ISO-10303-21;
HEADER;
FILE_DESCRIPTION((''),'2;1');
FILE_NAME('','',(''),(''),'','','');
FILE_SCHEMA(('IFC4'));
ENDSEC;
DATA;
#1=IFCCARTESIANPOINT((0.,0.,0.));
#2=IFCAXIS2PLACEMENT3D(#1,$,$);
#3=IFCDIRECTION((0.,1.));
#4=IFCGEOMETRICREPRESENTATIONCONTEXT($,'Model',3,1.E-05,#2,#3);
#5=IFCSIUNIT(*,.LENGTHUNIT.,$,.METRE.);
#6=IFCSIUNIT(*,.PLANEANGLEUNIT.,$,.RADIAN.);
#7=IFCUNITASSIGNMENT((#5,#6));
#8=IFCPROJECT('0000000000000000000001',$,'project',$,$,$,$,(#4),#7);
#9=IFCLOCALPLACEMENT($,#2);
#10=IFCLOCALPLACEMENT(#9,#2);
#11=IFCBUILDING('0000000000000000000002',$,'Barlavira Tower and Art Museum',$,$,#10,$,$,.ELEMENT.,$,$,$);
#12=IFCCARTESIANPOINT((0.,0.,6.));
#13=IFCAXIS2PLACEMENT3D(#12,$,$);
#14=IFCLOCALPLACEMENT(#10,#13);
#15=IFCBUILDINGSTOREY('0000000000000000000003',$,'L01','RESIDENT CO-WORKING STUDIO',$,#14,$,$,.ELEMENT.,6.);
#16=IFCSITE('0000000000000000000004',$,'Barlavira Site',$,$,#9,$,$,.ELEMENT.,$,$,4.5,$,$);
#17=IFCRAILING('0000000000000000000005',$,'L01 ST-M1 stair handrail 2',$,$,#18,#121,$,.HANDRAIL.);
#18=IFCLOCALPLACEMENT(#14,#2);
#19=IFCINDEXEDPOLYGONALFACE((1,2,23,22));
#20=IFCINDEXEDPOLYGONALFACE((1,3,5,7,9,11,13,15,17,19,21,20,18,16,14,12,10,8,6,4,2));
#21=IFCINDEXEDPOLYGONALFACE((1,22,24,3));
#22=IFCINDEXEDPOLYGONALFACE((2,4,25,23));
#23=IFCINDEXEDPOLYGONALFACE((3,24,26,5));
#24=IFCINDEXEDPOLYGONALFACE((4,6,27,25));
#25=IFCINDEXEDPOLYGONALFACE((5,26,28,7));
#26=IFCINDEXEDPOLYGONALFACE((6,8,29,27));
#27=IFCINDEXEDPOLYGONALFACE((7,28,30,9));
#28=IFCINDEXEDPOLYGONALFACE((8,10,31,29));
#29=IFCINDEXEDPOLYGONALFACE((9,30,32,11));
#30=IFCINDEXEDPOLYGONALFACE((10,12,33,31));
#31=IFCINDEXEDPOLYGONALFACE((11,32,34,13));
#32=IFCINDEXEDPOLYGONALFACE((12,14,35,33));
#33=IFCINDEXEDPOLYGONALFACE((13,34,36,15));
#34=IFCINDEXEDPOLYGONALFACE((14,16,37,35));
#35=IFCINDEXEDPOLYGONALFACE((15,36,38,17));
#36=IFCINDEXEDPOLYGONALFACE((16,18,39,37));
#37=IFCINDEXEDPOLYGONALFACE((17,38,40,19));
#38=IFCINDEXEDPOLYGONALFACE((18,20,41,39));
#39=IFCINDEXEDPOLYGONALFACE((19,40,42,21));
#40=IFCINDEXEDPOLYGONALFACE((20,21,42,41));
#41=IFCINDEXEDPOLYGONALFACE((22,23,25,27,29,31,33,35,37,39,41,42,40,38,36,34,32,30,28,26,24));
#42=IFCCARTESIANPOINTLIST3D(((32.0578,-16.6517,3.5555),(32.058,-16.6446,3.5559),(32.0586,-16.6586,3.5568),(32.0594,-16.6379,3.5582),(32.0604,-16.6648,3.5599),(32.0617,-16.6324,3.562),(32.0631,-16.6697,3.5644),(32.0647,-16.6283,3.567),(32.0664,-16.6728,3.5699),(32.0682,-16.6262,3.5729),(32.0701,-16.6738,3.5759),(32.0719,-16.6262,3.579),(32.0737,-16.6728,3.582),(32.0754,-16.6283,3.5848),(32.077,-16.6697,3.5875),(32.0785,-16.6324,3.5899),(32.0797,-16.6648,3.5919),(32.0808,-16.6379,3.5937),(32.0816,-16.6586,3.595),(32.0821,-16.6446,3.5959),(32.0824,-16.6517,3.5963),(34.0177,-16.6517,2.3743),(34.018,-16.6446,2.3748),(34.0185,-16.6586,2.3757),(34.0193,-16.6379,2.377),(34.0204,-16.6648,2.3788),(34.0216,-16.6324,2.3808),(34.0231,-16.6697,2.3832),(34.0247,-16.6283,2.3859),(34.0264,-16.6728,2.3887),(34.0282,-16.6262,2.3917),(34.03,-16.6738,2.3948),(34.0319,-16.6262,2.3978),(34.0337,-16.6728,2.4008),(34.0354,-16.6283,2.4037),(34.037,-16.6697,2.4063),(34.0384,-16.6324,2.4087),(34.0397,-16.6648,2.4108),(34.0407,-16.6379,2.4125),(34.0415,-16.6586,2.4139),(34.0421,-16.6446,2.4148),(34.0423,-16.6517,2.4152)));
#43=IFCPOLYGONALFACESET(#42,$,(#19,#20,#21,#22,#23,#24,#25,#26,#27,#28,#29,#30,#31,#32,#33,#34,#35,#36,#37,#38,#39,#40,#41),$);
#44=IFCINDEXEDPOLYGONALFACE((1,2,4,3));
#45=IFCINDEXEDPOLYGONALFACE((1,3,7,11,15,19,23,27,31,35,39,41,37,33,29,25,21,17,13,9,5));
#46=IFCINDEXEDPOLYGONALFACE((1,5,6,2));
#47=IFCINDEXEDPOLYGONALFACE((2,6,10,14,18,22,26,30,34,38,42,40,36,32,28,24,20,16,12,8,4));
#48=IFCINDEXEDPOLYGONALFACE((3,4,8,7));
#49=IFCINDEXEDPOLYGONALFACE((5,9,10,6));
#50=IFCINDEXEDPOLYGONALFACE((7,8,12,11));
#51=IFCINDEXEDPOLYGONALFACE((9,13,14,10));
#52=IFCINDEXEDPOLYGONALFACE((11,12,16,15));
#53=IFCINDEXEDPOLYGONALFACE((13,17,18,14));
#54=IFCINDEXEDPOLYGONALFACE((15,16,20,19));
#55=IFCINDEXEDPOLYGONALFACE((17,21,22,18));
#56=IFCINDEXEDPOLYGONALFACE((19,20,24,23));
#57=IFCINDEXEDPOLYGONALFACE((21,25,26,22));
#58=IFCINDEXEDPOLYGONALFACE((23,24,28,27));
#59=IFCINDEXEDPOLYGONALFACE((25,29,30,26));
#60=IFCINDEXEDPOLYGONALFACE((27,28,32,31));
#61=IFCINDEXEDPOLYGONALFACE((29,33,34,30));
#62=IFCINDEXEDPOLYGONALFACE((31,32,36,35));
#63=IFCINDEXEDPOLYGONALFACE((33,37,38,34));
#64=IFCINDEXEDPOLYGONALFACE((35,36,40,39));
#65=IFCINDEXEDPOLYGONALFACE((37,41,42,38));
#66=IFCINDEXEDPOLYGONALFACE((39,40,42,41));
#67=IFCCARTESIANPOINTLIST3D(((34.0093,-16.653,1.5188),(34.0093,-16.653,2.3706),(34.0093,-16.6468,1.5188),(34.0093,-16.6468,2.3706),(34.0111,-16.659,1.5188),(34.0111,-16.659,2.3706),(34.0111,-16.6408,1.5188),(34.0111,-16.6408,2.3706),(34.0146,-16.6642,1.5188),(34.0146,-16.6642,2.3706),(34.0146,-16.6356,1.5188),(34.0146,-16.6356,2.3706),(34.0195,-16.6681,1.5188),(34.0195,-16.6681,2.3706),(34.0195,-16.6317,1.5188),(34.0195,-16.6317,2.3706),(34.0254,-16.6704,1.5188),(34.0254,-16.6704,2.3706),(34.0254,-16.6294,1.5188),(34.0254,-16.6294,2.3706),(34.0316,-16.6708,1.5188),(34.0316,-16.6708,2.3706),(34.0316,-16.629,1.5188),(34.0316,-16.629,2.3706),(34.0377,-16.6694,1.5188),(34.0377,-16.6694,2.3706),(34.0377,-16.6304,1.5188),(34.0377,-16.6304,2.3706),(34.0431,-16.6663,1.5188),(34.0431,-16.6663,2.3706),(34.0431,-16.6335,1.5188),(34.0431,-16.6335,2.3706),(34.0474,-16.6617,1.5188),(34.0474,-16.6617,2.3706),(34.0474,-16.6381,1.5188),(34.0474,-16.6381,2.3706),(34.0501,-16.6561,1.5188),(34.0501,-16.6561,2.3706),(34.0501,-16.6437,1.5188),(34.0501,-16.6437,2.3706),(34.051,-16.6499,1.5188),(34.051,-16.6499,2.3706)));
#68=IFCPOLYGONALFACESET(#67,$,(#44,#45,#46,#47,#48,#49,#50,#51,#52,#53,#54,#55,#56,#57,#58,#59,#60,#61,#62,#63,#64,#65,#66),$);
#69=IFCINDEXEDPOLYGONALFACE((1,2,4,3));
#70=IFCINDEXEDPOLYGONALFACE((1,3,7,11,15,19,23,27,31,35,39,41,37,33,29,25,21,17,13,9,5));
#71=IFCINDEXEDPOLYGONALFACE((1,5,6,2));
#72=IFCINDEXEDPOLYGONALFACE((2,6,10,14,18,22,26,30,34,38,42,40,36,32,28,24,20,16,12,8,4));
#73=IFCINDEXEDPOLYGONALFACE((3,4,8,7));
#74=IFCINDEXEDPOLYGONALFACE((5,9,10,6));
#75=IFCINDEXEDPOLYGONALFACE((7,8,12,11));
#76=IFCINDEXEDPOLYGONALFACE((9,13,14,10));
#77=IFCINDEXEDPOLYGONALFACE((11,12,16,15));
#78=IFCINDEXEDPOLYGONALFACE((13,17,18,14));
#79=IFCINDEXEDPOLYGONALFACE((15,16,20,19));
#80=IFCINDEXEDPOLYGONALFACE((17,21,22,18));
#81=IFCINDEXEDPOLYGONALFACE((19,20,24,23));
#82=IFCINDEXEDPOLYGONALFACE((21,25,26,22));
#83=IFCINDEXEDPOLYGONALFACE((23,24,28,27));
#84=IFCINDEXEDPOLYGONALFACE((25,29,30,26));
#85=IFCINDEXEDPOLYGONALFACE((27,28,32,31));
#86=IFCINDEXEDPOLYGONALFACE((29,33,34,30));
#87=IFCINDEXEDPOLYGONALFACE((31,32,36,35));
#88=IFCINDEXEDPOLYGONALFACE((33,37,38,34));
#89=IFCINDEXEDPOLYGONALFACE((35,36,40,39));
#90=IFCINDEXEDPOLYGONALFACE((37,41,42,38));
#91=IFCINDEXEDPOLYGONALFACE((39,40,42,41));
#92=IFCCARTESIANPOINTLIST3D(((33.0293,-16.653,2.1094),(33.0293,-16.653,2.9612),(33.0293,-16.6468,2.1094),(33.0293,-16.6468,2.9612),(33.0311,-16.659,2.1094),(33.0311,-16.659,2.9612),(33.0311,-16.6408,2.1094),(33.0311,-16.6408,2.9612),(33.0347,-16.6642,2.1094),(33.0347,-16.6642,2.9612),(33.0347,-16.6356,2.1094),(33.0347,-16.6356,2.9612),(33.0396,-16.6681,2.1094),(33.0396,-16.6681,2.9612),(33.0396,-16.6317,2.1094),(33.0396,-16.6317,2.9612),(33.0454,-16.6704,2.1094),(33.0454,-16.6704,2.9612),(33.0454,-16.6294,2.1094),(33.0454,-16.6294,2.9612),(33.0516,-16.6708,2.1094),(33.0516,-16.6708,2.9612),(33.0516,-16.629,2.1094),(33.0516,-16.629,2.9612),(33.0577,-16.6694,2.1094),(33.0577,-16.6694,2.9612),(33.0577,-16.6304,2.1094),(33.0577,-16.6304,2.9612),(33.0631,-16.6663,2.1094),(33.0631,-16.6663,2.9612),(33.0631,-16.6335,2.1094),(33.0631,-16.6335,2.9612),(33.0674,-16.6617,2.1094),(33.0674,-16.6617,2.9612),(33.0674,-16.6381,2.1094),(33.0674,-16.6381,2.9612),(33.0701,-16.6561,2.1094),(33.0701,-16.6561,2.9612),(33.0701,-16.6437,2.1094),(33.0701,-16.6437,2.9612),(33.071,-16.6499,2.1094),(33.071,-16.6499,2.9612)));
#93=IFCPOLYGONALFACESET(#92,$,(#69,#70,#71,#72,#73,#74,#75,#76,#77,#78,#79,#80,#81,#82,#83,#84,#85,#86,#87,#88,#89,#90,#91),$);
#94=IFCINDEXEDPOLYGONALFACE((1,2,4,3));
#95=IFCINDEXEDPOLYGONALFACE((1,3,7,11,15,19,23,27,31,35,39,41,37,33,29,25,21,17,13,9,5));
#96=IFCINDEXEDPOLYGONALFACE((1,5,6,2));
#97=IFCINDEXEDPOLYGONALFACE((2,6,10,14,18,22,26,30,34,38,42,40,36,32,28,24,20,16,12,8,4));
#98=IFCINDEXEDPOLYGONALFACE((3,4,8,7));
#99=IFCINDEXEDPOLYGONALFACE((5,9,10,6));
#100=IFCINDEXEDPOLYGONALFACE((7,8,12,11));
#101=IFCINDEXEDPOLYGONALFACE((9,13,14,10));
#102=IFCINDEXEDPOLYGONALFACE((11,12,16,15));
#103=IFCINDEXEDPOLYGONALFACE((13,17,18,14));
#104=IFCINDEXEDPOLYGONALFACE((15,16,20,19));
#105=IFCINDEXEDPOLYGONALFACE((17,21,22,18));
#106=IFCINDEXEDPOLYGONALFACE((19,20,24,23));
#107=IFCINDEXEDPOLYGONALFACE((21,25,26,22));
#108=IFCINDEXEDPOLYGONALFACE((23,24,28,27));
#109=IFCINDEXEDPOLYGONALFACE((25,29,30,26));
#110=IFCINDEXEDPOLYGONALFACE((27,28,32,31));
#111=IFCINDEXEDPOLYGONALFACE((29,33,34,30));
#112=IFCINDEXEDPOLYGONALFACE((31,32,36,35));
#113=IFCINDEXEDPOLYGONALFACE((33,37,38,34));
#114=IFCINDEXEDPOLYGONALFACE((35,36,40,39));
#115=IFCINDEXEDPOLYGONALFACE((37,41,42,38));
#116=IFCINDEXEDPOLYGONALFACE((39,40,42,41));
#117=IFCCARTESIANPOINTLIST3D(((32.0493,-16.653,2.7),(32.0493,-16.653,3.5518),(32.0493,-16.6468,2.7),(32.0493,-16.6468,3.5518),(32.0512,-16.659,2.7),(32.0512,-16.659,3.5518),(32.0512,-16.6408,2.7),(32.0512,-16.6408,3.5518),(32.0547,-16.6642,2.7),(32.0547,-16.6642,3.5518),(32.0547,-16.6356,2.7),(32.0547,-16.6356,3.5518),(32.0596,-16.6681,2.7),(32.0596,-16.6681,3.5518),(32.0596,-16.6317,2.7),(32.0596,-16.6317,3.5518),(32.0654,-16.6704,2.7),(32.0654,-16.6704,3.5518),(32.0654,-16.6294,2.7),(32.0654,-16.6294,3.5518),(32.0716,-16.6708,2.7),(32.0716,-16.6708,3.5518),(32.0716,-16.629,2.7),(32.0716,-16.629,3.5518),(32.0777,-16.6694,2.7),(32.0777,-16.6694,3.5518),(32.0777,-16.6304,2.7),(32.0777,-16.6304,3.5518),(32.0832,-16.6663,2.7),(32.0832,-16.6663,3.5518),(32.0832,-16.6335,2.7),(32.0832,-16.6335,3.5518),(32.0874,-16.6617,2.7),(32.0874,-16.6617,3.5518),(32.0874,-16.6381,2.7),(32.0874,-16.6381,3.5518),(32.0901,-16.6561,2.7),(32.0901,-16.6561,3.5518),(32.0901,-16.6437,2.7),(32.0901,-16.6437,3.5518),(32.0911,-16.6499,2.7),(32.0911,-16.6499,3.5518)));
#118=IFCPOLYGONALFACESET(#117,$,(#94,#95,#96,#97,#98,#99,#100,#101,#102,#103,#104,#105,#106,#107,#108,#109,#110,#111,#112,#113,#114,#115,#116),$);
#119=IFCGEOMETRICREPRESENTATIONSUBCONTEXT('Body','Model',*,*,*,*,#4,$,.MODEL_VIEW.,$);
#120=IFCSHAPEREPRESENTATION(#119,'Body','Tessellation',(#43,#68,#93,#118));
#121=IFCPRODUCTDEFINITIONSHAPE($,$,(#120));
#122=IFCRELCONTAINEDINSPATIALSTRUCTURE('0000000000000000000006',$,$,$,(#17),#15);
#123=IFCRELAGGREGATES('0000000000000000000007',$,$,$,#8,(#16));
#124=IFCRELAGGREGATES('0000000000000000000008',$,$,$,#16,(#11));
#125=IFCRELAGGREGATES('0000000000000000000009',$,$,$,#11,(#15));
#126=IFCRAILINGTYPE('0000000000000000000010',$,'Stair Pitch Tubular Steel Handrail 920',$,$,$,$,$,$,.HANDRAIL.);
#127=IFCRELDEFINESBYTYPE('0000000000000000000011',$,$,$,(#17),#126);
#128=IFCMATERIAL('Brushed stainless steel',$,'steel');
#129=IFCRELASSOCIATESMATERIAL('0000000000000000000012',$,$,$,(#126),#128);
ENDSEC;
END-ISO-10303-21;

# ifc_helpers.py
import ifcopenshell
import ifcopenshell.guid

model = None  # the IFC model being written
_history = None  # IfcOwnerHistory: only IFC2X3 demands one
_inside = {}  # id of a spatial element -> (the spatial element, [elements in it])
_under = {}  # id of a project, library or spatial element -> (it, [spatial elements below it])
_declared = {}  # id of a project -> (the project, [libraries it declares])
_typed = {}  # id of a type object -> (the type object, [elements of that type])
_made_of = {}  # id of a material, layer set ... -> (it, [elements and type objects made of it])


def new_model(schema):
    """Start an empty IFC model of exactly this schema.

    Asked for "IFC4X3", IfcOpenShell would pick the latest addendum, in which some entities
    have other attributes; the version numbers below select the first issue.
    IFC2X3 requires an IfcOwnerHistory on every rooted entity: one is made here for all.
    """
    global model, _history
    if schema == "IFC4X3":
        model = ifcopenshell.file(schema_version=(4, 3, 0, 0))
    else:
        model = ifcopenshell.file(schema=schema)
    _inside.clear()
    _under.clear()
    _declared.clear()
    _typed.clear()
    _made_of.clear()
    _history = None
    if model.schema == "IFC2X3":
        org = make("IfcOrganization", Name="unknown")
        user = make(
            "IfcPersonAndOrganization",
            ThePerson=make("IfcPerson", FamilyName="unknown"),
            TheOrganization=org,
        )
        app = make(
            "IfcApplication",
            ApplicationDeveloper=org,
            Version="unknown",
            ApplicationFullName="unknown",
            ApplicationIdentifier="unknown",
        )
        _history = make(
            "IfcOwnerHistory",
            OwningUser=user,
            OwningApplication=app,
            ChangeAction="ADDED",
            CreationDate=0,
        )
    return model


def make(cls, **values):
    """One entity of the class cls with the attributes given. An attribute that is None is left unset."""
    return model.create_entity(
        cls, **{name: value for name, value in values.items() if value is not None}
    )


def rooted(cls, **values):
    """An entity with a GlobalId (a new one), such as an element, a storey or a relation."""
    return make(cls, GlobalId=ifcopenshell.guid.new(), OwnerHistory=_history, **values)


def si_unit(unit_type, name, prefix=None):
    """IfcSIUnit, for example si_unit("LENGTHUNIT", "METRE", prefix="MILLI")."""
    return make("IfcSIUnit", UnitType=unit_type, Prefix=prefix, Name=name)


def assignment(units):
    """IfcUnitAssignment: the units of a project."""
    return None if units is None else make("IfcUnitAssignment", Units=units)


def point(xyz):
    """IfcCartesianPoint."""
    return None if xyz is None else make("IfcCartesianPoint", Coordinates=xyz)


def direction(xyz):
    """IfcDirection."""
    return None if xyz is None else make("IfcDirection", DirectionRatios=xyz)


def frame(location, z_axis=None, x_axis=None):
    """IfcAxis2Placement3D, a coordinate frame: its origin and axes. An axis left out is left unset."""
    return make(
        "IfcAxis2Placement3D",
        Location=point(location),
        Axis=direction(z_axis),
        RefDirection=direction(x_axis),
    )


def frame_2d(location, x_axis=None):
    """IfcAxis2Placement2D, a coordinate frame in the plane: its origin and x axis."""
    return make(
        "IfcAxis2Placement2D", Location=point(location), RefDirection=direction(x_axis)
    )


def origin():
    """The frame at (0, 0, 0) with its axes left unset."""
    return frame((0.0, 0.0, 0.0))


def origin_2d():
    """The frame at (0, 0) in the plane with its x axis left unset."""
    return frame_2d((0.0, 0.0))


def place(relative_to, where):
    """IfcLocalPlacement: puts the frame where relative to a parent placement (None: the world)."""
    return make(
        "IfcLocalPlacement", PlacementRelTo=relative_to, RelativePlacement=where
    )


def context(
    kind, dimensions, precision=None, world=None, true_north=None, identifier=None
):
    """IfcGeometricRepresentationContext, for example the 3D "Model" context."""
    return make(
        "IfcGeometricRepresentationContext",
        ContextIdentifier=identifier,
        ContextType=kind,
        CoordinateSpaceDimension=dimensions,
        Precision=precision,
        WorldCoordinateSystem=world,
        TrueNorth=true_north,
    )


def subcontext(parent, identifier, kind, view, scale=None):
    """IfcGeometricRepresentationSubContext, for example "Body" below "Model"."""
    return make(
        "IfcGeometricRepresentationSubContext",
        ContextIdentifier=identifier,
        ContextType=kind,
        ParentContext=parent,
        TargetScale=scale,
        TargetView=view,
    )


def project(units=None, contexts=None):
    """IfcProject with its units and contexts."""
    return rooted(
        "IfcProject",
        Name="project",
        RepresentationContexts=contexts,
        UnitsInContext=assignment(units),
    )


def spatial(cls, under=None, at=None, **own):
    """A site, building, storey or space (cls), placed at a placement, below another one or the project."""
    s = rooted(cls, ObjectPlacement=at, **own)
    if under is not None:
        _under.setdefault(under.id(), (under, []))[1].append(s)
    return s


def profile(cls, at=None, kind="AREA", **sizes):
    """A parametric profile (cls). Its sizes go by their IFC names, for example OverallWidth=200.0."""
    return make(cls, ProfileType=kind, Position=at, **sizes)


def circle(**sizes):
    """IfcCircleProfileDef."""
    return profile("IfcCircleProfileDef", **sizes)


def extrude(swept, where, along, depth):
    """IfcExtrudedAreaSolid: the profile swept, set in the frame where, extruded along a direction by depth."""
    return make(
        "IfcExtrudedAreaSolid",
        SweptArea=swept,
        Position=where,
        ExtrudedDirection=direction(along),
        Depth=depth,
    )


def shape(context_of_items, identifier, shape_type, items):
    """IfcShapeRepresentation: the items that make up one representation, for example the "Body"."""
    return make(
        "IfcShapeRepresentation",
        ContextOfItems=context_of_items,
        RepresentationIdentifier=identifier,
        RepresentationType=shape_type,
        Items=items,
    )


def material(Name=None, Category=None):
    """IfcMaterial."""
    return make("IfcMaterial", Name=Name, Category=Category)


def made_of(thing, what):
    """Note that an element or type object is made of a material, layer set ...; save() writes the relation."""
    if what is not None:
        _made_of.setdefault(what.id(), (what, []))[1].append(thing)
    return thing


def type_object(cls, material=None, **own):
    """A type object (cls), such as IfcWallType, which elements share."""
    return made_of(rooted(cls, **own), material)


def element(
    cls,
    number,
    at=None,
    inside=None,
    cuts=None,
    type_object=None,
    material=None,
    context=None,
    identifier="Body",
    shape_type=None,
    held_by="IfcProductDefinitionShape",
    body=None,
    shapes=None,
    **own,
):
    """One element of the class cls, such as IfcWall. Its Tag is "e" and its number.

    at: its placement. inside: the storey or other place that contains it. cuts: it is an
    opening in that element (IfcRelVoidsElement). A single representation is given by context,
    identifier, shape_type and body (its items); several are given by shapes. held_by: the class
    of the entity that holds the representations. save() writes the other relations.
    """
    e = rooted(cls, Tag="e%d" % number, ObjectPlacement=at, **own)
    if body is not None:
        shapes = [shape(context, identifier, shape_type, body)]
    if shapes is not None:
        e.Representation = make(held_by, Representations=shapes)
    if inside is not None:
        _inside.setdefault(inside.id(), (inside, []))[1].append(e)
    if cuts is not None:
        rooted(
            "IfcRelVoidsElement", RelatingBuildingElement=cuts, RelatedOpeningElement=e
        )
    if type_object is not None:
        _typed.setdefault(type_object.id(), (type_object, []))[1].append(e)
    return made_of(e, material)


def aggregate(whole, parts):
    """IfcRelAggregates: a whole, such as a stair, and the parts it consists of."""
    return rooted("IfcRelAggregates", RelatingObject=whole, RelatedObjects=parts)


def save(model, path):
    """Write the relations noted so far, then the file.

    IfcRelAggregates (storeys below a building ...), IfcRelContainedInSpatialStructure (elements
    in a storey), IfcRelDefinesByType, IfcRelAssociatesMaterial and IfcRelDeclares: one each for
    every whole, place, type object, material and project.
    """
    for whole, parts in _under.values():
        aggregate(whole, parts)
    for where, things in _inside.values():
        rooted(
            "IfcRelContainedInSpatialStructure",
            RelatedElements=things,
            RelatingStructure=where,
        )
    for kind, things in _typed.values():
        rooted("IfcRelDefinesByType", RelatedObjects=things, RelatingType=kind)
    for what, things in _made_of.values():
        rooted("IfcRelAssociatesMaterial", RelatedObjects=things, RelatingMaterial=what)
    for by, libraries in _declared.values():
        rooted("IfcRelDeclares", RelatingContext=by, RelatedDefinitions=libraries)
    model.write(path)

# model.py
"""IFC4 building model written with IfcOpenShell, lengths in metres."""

from ifc_helpers import new_model, si_unit, direction, frame, origin, origin_2d, place, context, subcontext, project, spatial, circle, extrude, material, type_object, element, save


model = new_model("IFC4")

# Units and contexts
model_context = context("Model", 3, precision=1e-05, world=origin(), true_north=direction((0.0, 1.0)))
body_context = subcontext(model_context, "Body", "Model", "MODEL_VIEW")
ifc_project = project(units=[si_unit("LENGTHUNIT", "METRE"), si_unit("PLANEANGLEUNIT", "RADIAN")], contexts=[model_context])

# Site, building, storey
site_placement = place(None, origin())
site = spatial("IfcSite", under=ifc_project, at=site_placement, Name="Barlavira Site", CompositionType="ELEMENT", RefElevation=4.5)
building_placement = place(site_placement, origin())
building = spatial("IfcBuilding", under=site, at=building_placement, Name="Barlavira Tower and Art Museum", CompositionType="ELEMENT")
storey_placement = place(building_placement, frame((0.0, 0.0, 6.0)))
storey = spatial("IfcBuildingStorey", under=building, at=storey_placement, Name="L01", Description="RESIDENT CO-WORKING STUDIO", CompositionType="ELEMENT", Elevation=6.0)

# Shared definitions
ifc_material_1 = material(Name="Brushed stainless steel", Category="steel")

# Railing
railing_type_1 = type_object("IfcRailingType", Name="Stair Pitch Tubular Steel Handrail 920", PredefinedType="HANDRAIL", material=ifc_material_1)
railing_1_placement = place(storey_placement, frame((34.03, -16.6499, 1.5188)))
element("IfcRailing", 1, at=railing_1_placement, inside=storey, type_object=railing_type_1, Name="L01 ST-M1 stair handrail 2", PredefinedType="HANDRAIL", context=body_context, shape_type="SweptSolid", body=[
    extrude(circle(Radius=0.0239, at=origin_2d()), frame((0.0, 0.0, 0.876), z_axis=(-0.856493, 0.0, 0.516158), x_axis=(0.0, -1.0, 0.0)), (0.0, 0.0, 1.0), 2.2883),
    extrude(circle(Radius=0.021, at=origin_2d()), origin(), (0.0, 0.0, 1.0), 0.8518),
    extrude(circle(Radius=0.021, at=origin_2d()), frame((-0.98, 0.0, 0.5906)), (0.0, 0.0, 1.0), 0.8518),
    extrude(circle(Radius=0.021, at=origin_2d()), frame((-1.96, 0.0, 1.1812)), (0.0, 0.0, 1.0), 0.8518),
])

save(model, "model.ifc")
